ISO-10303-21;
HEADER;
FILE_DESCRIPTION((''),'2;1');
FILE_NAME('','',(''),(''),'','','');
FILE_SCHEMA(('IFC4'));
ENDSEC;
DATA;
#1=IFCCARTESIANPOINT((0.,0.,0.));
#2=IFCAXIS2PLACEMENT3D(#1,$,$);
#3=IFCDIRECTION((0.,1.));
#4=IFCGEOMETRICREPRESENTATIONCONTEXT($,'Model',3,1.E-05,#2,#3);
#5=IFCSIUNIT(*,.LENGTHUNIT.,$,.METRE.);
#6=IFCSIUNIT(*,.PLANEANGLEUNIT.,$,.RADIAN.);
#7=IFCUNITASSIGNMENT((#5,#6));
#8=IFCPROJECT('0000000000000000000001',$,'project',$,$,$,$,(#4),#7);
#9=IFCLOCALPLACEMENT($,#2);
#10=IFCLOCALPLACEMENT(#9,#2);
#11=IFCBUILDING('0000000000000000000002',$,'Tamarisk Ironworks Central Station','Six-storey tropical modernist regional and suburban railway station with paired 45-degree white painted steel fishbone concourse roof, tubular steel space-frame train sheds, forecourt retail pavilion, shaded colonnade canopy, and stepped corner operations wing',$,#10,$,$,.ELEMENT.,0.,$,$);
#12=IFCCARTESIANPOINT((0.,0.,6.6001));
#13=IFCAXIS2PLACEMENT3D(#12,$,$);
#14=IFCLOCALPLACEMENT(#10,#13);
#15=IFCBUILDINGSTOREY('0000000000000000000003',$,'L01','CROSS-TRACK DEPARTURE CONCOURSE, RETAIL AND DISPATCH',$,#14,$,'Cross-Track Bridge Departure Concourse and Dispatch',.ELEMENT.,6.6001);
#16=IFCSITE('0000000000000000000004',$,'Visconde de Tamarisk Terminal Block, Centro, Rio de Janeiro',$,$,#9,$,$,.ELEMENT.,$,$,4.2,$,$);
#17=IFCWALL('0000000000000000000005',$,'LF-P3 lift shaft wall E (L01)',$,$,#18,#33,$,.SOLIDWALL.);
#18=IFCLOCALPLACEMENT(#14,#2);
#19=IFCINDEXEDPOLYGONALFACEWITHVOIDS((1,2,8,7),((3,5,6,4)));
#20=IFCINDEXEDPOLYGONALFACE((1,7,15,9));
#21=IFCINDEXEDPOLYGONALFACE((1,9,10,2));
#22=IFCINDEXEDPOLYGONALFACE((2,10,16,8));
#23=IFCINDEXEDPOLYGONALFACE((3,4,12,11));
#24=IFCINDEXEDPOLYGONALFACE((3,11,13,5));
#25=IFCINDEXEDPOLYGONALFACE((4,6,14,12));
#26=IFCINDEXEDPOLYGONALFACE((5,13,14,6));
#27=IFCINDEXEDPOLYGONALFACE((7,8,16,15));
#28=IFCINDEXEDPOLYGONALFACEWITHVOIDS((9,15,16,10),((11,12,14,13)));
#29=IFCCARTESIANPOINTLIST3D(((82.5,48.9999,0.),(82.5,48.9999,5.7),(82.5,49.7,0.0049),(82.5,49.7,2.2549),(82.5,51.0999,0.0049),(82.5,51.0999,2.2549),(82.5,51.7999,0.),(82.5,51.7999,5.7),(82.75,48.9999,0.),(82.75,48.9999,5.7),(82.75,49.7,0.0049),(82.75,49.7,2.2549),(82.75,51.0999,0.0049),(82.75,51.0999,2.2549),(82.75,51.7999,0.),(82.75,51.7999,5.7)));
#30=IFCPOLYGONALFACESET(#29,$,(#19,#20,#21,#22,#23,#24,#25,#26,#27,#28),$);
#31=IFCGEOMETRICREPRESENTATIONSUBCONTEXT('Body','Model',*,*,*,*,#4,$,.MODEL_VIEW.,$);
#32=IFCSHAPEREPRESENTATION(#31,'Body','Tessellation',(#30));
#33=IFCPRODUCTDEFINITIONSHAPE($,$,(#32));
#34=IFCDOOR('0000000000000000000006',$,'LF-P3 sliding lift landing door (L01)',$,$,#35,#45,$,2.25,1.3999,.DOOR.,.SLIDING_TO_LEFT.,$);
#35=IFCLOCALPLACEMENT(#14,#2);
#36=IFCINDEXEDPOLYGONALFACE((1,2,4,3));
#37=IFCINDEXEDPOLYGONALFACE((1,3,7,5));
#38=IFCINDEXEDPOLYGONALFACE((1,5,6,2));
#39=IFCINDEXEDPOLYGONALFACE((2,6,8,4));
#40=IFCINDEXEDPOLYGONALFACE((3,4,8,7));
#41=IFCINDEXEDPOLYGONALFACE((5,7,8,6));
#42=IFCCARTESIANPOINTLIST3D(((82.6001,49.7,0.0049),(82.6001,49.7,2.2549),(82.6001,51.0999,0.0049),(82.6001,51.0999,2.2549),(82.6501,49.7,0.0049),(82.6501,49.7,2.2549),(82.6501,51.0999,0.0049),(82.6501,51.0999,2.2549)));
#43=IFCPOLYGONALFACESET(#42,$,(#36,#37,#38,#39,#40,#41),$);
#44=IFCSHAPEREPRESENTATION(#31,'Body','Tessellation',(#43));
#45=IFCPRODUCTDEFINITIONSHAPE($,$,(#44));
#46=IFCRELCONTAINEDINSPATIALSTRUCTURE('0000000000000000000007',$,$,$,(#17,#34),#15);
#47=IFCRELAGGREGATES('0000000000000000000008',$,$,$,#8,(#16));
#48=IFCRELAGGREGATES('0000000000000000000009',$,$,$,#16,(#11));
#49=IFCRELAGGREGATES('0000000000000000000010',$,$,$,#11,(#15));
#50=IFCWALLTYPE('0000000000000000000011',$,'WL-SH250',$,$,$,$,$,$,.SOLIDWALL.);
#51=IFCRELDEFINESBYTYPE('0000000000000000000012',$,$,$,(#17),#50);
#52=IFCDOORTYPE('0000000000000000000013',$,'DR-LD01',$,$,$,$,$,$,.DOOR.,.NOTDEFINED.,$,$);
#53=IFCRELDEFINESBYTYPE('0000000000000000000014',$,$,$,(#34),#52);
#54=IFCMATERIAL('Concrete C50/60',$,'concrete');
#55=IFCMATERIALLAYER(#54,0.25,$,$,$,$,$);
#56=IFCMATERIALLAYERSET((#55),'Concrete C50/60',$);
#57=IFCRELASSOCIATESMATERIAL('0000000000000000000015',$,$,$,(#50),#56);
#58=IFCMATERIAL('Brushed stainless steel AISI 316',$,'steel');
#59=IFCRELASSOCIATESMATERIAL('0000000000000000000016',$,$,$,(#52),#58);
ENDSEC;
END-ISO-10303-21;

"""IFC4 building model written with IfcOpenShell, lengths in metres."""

from ifc_helpers import new_model, si_unit, direction, frame, frame_2d, origin, place, context, subcontext, project, spatial, rectangle, extrude, material, layer, layer_set, type_object, element, fill, save


model = new_model("IFC4")

# Units and contexts
model_context = context("Model", 3, precision=1e-05, world=origin(), true_north=direction((0.0, 1.0)))
body_context = subcontext(model_context, "Body", "Model", "MODEL_VIEW")
ifc_project = project(units=[si_unit("LENGTHUNIT", "METRE"), si_unit("PLANEANGLEUNIT", "RADIAN")], contexts=[model_context])

# Site, building, storey
site_placement = place(None, origin())
site = spatial("IfcSite", under=ifc_project, at=site_placement, Name="Visconde de Tamarisk Terminal Block, Centro, Rio de Janeiro", CompositionType="ELEMENT", RefElevation=4.2)
building_placement = place(site_placement, origin())
building = spatial("IfcBuilding", under=site, at=building_placement, Name="Tamarisk Ironworks Central Station", Description="Six-storey tropical modernist regional and suburban railway station with paired 45-degree white painted steel fishbone concourse roof, tubular steel space-frame train sheds, forecourt retail pavilion, shaded colonnade canopy, and stepped corner operations wing", CompositionType="ELEMENT", ElevationOfRefHeight=0.0)
storey_placement = place(building_placement, frame((0.0, 0.0, 6.6001)))
storey = spatial("IfcBuildingStorey", under=building, at=storey_placement, Name="L01", Description="CROSS-TRACK DEPARTURE CONCOURSE, RETAIL AND DISPATCH", LongName="Cross-Track Bridge Departure Concourse and Dispatch", CompositionType="ELEMENT", Elevation=6.6001)

# Wall, opening, door
ifc_material_1 = material(Name="Concrete C50/60", Category="concrete")
ifc_layer_1 = layer(ifc_material_1, 0.25)
ifc_layer_set_1 = layer_set([ifc_layer_1], Name="Concrete C50/60")
wall_type_1 = type_object("IfcWallType", Name="WL-SH250", PredefinedType="SOLIDWALL", material=ifc_layer_set_1)
wall_1_placement = place(storey_placement, frame((82.625, 49.0, 0.0), z_axis=(0.0, 0.0, 1.0), x_axis=(0.0, 1.0, 0.0)))
wall_1 = element("IfcWall", 1, at=wall_1_placement, inside=storey, type_object=wall_type_1, Name="LF-P3 lift shaft wall E (L01)", PredefinedType="SOLIDWALL", context=body_context, shape_type="SweptSolid", body=[
    extrude(rectangle(XDim=2.8, YDim=0.25, at=frame_2d((1.3999, 0.0))), origin(), (0.0, 0.0, 1.0), 5.7),
])
opening_1_placement = place(wall_1_placement, frame((0.7, 0.0, 0.0049)))
opening_1 = element("IfcOpeningElement", 2, at=opening_1_placement, cuts=wall_1, PredefinedType="OPENING", context=body_context, shape_type="SweptSolid", body=[
    extrude(rectangle(XDim=1.3999, YDim=2.25, at=frame_2d((0.7, 1.125))), frame((0.0, 0.137, 0.0), z_axis=(0.0, -1.0, 0.0), x_axis=(1.0, 0.0, 0.0)), (0.0, 0.0, 1.0), 0.2739),
])
ifc_material_2 = material(Name="Brushed stainless steel AISI 316", Category="steel")
door_type_1 = type_object("IfcDoorType", Name="DR-LD01", OperationType="NOTDEFINED", PredefinedType="DOOR", material=ifc_material_2)
door_1_placement = place(opening_1_placement, origin())
door_1 = element("IfcDoor", 3, at=door_1_placement, inside=storey, type_object=door_type_1, Name="LF-P3 sliding lift landing door (L01)", OperationType="SLIDING_TO_LEFT", OverallHeight=2.25, OverallWidth=1.3999, PredefinedType="DOOR", context=body_context, shape_type="SweptSolid", body=[
    extrude(rectangle(XDim=1.3999, YDim=2.25, at=frame_2d((0.7, 1.125))), frame((0.0, 0.0249, 0.0), z_axis=(0.0, -1.0, 0.0), x_axis=(1.0, 0.0, 0.0)), (0.0, 0.0, 1.0), 0.05),
])
fill(opening_1, door_1)

save(model, "model.ifc")
